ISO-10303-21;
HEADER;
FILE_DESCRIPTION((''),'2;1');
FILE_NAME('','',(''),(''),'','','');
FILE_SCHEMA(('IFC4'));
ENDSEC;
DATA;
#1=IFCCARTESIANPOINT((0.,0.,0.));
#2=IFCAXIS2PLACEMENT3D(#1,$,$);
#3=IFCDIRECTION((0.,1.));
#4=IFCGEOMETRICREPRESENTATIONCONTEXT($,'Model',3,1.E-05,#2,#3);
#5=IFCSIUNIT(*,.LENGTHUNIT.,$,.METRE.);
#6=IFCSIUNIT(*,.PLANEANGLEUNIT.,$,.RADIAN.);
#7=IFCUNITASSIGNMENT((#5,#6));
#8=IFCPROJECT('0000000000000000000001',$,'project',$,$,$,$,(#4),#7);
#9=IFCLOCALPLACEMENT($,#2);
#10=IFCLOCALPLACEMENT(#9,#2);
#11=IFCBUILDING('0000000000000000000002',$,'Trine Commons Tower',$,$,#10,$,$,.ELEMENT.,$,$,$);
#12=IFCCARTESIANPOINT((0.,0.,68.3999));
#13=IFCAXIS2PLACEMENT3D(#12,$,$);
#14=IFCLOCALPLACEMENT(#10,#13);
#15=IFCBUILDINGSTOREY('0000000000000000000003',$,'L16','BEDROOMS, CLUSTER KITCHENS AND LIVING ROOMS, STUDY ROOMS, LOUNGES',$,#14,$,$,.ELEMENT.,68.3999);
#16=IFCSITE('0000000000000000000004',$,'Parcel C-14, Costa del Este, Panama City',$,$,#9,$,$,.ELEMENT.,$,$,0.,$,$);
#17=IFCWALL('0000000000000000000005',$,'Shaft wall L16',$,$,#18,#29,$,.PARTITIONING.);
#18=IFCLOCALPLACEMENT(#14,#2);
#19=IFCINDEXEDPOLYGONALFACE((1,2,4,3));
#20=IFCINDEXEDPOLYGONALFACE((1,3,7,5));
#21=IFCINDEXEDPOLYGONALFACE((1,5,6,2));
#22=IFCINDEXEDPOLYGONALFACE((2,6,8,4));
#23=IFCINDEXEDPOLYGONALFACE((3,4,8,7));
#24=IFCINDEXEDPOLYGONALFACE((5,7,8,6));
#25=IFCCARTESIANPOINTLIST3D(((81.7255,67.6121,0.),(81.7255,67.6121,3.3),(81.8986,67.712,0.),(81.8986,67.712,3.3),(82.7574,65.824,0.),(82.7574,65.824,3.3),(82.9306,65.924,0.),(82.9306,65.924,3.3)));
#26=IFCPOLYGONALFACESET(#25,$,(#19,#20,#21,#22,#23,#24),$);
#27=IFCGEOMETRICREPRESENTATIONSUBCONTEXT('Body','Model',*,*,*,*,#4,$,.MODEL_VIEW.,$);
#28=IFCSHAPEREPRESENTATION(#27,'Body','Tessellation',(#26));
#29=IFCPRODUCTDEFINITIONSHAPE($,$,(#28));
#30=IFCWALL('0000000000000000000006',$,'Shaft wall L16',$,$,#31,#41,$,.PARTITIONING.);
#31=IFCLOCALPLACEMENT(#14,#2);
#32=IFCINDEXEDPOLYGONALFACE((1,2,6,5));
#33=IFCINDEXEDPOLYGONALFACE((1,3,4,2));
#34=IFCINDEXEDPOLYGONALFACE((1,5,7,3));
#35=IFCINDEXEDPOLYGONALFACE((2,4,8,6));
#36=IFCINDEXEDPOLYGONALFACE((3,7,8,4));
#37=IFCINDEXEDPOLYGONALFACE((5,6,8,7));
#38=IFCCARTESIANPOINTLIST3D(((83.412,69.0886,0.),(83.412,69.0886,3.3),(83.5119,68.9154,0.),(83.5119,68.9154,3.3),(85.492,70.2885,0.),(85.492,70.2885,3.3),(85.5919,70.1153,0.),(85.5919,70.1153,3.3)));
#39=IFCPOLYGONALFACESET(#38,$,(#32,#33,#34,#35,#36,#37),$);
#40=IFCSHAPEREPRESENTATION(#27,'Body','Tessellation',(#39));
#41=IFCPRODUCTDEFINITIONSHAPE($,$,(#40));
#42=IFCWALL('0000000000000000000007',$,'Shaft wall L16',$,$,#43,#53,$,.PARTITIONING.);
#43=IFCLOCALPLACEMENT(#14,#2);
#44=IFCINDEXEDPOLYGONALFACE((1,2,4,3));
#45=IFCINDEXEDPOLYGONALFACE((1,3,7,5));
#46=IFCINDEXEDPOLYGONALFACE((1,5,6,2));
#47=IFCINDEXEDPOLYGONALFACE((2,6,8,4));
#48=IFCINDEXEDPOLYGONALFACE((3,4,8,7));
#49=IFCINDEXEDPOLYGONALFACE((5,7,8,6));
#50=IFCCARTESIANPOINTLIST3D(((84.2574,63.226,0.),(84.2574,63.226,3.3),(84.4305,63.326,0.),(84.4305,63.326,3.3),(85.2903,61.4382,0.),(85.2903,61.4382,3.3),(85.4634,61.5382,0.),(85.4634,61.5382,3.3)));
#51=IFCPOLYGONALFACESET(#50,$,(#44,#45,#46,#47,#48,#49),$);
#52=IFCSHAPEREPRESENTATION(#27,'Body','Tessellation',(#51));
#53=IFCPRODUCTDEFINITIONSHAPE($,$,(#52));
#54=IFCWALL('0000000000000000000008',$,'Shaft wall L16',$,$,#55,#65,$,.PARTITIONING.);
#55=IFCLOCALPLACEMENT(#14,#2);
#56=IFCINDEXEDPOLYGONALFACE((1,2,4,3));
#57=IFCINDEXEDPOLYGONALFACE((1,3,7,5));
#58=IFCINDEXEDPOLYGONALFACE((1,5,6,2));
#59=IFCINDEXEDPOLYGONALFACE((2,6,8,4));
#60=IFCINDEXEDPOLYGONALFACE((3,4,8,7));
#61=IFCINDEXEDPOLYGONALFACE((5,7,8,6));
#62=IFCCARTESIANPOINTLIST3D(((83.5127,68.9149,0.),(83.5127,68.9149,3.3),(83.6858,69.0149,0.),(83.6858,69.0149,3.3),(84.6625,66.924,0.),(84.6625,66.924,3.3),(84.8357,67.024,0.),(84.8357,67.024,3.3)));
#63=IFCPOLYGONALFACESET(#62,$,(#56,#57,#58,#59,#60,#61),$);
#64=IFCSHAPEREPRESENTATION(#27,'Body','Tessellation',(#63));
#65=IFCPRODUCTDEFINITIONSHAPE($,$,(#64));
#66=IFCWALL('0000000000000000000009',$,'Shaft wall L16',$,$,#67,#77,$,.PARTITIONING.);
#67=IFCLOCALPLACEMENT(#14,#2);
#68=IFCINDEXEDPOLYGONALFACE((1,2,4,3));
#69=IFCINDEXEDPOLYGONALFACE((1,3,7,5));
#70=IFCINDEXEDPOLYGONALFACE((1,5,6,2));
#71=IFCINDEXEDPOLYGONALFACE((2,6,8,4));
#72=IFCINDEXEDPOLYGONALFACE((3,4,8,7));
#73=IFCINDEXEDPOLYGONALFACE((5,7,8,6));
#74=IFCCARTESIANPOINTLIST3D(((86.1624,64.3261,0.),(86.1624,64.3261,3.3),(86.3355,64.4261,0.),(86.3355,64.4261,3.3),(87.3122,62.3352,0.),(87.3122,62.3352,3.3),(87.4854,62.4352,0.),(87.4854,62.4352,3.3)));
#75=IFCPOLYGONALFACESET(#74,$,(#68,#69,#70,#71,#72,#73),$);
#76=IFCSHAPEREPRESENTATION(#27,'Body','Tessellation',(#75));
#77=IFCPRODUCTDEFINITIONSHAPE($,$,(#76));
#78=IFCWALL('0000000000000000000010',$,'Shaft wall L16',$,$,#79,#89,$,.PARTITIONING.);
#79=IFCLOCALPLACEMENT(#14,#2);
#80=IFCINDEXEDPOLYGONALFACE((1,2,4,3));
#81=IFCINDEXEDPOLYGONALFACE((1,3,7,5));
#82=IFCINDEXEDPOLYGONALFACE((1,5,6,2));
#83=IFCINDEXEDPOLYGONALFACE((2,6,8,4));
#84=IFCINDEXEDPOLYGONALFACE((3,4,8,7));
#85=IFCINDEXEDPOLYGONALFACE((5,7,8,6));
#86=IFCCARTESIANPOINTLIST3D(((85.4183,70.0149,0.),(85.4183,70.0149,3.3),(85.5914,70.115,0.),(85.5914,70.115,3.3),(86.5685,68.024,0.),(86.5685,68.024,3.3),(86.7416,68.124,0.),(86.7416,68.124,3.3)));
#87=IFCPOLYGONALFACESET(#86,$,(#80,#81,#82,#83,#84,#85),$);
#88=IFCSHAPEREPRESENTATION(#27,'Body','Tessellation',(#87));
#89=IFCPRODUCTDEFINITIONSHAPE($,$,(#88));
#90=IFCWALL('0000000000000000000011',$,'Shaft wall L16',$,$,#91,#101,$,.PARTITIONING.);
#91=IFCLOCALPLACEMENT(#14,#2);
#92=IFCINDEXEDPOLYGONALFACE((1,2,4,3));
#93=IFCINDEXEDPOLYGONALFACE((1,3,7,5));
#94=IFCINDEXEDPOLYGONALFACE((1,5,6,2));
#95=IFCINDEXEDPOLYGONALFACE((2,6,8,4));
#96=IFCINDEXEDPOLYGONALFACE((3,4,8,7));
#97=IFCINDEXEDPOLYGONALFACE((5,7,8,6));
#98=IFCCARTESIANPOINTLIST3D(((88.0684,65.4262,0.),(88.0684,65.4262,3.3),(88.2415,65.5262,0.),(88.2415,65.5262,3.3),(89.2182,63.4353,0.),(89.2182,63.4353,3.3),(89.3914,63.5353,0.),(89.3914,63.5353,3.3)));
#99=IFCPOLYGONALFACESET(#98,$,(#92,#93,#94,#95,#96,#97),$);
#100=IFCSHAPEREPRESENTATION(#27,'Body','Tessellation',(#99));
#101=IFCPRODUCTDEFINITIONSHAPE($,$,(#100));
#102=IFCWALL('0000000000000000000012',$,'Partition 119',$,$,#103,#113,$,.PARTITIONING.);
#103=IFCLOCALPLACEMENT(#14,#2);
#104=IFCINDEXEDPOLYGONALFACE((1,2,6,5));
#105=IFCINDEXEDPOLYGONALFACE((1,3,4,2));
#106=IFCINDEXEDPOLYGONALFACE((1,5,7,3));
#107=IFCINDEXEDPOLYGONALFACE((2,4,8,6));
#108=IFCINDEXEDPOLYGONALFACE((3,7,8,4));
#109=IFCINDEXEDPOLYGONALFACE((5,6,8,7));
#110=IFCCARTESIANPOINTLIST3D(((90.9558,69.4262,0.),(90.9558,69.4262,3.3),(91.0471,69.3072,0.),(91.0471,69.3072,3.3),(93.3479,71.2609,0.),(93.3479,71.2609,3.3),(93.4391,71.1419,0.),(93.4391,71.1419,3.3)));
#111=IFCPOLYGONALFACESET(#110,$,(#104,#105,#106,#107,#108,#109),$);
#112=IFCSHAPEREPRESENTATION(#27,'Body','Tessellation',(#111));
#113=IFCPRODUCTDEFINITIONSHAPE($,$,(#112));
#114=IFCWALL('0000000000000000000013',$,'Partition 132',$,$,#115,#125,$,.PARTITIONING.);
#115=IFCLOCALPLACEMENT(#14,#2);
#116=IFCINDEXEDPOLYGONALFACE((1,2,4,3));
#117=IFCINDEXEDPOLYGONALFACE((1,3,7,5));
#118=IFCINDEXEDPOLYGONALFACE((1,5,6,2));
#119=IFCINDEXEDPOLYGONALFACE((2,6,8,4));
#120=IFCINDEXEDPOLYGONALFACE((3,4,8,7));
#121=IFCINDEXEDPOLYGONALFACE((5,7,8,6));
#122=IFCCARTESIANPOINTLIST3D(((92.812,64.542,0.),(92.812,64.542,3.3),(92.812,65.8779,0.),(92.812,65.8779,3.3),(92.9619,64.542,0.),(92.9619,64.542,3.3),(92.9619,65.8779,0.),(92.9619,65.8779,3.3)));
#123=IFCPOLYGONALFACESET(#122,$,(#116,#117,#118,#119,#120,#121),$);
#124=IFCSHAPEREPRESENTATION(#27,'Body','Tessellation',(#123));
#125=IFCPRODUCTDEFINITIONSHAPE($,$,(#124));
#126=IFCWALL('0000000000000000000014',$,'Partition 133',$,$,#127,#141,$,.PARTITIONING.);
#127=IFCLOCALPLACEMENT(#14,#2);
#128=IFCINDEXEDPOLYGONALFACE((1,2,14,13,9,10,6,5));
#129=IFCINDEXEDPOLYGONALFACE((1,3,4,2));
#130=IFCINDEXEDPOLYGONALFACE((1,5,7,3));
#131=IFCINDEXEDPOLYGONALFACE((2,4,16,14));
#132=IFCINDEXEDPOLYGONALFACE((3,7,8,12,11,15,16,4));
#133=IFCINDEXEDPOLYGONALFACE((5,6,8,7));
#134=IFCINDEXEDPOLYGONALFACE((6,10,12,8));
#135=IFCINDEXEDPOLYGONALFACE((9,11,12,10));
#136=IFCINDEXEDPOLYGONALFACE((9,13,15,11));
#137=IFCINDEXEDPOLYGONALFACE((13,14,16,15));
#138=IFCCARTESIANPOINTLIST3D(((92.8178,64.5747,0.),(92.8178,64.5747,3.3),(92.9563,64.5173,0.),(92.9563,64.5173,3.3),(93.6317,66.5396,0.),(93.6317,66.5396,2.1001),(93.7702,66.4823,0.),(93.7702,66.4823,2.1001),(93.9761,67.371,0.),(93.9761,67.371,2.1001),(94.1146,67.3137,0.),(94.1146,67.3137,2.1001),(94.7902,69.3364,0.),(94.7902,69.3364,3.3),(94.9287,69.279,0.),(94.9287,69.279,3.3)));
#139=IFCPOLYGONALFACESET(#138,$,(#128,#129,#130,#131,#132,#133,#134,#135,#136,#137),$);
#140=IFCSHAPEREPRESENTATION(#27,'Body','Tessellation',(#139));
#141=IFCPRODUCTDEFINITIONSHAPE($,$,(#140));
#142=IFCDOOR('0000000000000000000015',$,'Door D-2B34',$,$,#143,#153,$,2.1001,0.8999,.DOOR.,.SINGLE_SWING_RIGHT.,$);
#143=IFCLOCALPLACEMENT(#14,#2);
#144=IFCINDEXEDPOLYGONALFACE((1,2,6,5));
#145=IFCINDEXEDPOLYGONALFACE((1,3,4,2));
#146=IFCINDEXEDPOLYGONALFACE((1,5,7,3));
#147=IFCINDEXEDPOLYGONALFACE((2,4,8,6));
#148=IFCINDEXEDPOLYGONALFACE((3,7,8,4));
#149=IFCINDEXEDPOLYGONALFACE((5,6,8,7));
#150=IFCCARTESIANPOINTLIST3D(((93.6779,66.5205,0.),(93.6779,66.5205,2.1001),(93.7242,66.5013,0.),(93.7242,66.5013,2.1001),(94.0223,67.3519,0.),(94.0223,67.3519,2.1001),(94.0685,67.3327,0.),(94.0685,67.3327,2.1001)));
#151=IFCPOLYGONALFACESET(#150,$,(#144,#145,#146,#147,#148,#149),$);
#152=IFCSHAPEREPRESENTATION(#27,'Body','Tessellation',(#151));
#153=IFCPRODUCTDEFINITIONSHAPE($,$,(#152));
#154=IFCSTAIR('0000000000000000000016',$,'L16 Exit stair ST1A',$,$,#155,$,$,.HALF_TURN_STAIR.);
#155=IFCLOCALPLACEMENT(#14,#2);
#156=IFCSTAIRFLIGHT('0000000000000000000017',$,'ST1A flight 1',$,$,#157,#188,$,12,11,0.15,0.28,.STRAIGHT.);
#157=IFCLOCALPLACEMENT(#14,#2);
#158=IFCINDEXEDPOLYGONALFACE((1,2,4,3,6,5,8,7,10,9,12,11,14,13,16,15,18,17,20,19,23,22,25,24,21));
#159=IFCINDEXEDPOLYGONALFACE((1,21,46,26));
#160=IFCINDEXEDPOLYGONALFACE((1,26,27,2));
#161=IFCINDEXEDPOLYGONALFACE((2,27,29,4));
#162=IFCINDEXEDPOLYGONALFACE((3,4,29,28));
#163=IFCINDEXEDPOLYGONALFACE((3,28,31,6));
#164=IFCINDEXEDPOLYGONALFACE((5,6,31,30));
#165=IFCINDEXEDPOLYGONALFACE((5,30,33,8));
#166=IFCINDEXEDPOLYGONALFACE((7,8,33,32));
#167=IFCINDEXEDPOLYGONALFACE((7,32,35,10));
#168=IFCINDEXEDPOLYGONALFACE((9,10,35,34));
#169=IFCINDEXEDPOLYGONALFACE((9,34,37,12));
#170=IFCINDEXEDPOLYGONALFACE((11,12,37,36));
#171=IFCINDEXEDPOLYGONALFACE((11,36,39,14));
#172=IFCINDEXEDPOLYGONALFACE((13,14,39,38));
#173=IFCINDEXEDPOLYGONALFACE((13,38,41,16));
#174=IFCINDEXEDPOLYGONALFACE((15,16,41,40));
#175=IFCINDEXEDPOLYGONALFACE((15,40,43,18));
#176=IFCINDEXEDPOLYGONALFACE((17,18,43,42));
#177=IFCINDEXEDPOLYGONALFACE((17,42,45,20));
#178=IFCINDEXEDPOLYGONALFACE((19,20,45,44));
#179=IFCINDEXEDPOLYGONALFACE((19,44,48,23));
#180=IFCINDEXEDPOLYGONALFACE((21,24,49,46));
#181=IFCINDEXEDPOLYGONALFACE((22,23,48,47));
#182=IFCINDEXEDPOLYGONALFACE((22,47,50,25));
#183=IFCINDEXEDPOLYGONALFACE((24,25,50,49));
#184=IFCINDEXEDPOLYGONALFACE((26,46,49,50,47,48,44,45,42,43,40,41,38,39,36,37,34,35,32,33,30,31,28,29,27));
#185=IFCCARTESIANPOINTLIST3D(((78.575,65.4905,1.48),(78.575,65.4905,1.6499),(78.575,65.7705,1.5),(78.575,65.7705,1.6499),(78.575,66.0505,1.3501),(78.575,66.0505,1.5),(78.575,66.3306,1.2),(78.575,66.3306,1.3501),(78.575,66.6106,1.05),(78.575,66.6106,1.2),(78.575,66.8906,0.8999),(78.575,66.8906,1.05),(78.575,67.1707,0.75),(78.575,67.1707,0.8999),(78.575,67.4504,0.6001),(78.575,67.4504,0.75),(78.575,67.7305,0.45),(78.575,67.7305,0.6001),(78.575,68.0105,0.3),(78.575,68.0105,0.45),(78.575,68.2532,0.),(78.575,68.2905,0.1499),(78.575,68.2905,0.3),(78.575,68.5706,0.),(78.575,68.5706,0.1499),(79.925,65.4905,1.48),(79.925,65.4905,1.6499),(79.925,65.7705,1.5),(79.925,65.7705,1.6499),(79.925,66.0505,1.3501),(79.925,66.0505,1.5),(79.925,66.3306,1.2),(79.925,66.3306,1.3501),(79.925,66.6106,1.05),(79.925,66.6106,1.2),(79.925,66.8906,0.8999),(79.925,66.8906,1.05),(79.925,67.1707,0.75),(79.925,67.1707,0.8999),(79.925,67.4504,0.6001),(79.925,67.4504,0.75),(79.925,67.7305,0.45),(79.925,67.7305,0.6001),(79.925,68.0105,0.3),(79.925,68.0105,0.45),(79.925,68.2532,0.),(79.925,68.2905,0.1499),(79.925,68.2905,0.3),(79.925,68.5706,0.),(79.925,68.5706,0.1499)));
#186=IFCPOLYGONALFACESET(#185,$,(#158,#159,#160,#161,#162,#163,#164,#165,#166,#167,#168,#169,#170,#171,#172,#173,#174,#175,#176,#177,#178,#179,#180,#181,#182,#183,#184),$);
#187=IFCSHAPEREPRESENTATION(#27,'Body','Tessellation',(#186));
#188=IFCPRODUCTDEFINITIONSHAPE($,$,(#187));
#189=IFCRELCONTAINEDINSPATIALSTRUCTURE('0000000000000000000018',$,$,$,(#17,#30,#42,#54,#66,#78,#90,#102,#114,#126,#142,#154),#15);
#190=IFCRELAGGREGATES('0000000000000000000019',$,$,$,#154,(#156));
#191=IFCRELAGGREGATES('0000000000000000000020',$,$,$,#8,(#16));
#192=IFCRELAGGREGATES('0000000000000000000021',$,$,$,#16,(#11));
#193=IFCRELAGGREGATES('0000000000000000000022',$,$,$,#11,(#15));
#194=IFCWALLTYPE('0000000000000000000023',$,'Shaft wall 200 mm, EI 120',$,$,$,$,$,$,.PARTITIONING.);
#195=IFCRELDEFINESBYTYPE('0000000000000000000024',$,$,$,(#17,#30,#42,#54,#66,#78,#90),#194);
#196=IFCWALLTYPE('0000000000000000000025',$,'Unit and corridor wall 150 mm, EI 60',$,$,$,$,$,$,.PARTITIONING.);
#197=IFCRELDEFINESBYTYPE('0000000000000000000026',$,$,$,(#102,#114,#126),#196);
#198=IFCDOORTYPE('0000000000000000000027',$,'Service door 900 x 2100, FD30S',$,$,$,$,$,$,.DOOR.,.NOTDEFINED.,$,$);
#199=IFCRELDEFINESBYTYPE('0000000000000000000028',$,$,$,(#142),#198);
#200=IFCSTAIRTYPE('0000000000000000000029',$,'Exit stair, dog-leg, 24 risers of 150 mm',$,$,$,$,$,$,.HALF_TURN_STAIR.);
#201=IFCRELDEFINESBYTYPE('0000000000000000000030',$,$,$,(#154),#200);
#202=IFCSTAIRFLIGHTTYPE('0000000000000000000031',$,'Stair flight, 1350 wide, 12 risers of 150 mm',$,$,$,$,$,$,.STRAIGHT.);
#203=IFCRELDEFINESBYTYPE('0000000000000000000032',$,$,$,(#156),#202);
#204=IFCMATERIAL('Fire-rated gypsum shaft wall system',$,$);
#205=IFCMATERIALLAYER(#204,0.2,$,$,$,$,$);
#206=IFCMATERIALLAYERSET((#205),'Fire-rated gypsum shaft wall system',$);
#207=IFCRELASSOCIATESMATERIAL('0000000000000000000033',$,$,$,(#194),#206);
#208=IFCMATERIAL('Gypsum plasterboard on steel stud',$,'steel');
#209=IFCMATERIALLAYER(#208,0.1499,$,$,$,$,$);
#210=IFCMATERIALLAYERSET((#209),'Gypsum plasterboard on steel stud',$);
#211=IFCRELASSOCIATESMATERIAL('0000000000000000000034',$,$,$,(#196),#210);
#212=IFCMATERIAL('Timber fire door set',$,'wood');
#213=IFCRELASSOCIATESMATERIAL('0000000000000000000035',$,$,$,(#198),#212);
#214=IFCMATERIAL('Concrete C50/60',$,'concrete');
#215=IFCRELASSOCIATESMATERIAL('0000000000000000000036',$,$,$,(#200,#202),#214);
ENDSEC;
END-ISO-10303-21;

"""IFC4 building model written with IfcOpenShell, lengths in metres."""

from ifc_helpers import new_model, si_unit, direction, frame, frame_2d, origin, place, context, subcontext, project, spatial, polyline, rectangle, outline, extrude, material, layer, layer_set, type_object, element, fill, aggregate, save


model = new_model("IFC4")

# Units and contexts
model_context = context("Model", 3, precision=1e-05, world=origin(), true_north=direction((0.0, 1.0)))
body_context = subcontext(model_context, "Body", "Model", "MODEL_VIEW")
ifc_project = project(units=[si_unit("LENGTHUNIT", "METRE"), si_unit("PLANEANGLEUNIT", "RADIAN")], contexts=[model_context])

# Site, building, storey
site_placement = place(None, origin())
site = spatial("IfcSite", under=ifc_project, at=site_placement, Name="Parcel C-14, Costa del Este, Panama City", CompositionType="ELEMENT", RefElevation=0.0)
building_placement = place(site_placement, origin())
building = spatial("IfcBuilding", under=site, at=building_placement, Name="Trine Commons Tower", CompositionType="ELEMENT")
storey_placement = place(building_placement, frame((0.0, 0.0, 68.3999)))
storey = spatial("IfcBuildingStorey", under=building, at=storey_placement, Name="L16", Description="BEDROOMS, CLUSTER KITCHENS AND LIVING ROOMS, STUDY ROOMS, LOUNGES", CompositionType="ELEMENT", Elevation=68.3999)

# Shared definitions
ifc_material_1 = material(Name="Concrete C50/60", Category="concrete")

# Walls
ifc_material_2 = material(Name="Fire-rated gypsum shaft wall system")
ifc_layer_1 = layer(ifc_material_2, 0.2)
ifc_layer_set_1 = layer_set([ifc_layer_1], Name="Fire-rated gypsum shaft wall system")
wall_type_1 = type_object("IfcWallType", Name="Shaft wall 200 mm, EI 120", PredefinedType="PARTITIONING", material=ifc_layer_set_1)
wall_1_placement = place(storey_placement, frame((82.844, 65.874, 0.0), z_axis=(0.0, 0.0, 1.0), x_axis=(-0.499866, 0.866103, 0.0)))
element("IfcWall", 1, at=wall_1_placement, inside=storey, type_object=wall_type_1, Name="Shaft wall L16", PredefinedType="PARTITIONING", context=body_context, shape_type="SweptSolid", body=[
    extrude(rectangle(XDim=2.0645, YDim=0.2, at=frame_2d((1.0322, 0.0))), origin(), (0.0, 0.0, 1.0), 3.3),
])
wall_2_placement = place(storey_placement, frame((83.4619, 69.002, 0.0), z_axis=(0.0, 0.0, 1.0), x_axis=(0.866203, 0.499693, 0.0)))
element("IfcWall", 2, at=wall_2_placement, inside=storey, type_object=wall_type_1, Name="Shaft wall L16", PredefinedType="PARTITIONING", context=body_context, shape_type="SweptSolid", body=[
    extrude(rectangle(XDim=2.4014, YDim=0.2, at=frame_2d((1.2007, 0.0))), origin(), (0.0, 0.0, 1.0), 3.3),
])
wall_3_placement = place(storey_placement, frame((84.344, 63.2759, 0.0), z_axis=(0.0, 0.0, 1.0), x_axis=(0.500272, -0.865868, 0.0)))
element("IfcWall", 3, at=wall_3_placement, inside=storey, type_object=wall_type_1, Name="Shaft wall L16", PredefinedType="PARTITIONING", context=body_context, shape_type="SweptSolid", body=[
    extrude(rectangle(XDim=2.0647, YDim=0.2, at=frame_2d((1.0322, 0.0))), origin(), (0.0, 0.0, 1.0), 3.3),
])
for number, where, z_axis, x_axis, name in (
    (4, (84.749, 66.9741, 0.0), (0.0, 0.0, 1.0), (-0.500136, 0.865947, 0.0), "Shaft wall L16"),
    (5, (86.249, 64.376, 0.0), (0.0, 0.0, 1.0), (0.500136, -0.865947, 0.0), "Shaft wall L16"),
):
    element("IfcWall", number, at=place(storey_placement, frame(where, z_axis=z_axis, x_axis=x_axis)), inside=storey, type_object=wall_type_1, Name=name, PredefinedType="PARTITIONING", context=body_context, shape_type="SweptSolid", body=[
        extrude(rectangle(XDim=2.2991, YDim=0.2, at=frame_2d((1.1494, 0.0))), origin(), (0.0, 0.0, 1.0), 3.3),
    ])
wall_4_placement = place(storey_placement, frame((86.655, 68.074, 0.0), z_axis=(0.0, 0.0, 1.0), x_axis=(-0.500216, 0.865901, 0.0)))
element("IfcWall", 6, at=wall_4_placement, inside=storey, type_object=wall_type_1, Name="Shaft wall L16", PredefinedType="PARTITIONING", context=body_context, shape_type="SweptSolid", body=[
    extrude(rectangle(XDim=2.2993, YDim=0.2, at=frame_2d((1.1497, 0.0))), origin(), (0.0, 0.0, 1.0), 3.3),
])
wall_5_placement = place(storey_placement, frame((88.155, 65.4761, 0.0), z_axis=(0.0, 0.0, 1.0), x_axis=(0.500136, -0.865947, 0.0)))
element("IfcWall", 7, at=wall_5_placement, inside=storey, type_object=wall_type_1, Name="Shaft wall L16", PredefinedType="PARTITIONING", context=body_context, shape_type="SweptSolid", body=[
    extrude(rectangle(XDim=2.2991, YDim=0.2, at=frame_2d((1.1494, 0.0))), origin(), (0.0, 0.0, 1.0), 3.3),
])
ifc_material_3 = material(Name="Gypsum plasterboard on steel stud", Category="steel")
ifc_layer_2 = layer(ifc_material_3, 0.1499)
ifc_layer_set_2 = layer_set([ifc_layer_2], Name="Gypsum plasterboard on steel stud")
wall_type_2 = type_object("IfcWallType", Name="Unit and corridor wall 150 mm, EI 60", PredefinedType="PARTITIONING", material=ifc_layer_set_2)
wall_6_placement = place(storey_placement, frame((91.0015, 69.3667, 0.0), z_axis=(0.0, 0.0, 1.0), x_axis=(0.793481, 0.608595, 0.0)))
element("IfcWall", 8, at=wall_6_placement, inside=storey, type_object=wall_type_2, Name="Partition 119", PredefinedType="PARTITIONING", context=body_context, shape_type="SweptSolid", body=[
    extrude(rectangle(XDim=3.0146, YDim=0.1499, at=frame_2d((1.5073, 0.0))), origin(), (0.0, 0.0, 1.0), 3.3),
])
wall_7_placement = place(storey_placement, frame((92.887, 64.542, 0.0), z_axis=(0.0, 0.0, 1.0), x_axis=(0.0, 1.0, 0.0)))
element("IfcWall", 9, at=wall_7_placement, inside=storey, type_object=wall_type_2, Name="Partition 132", PredefinedType="PARTITIONING", context=body_context, shape_type="SweptSolid", body=[
    extrude(rectangle(XDim=1.3359, YDim=0.1499, at=frame_2d((0.668, 0.0))), origin(), (0.0, 0.0, 1.0), 3.3),
])

# Wall, opening, door
wall_8_placement = place(storey_placement, frame((92.887, 64.5459, 0.0), z_axis=(0.0, 0.0, 1.0), x_axis=(0.382691, 0.923877, 0.0)))
wall_8 = element("IfcWall", 10, at=wall_8_placement, inside=storey, type_object=wall_type_2, Name="Partition 133", PredefinedType="PARTITIONING", context=body_context, shape_type="SweptSolid", body=[
    extrude(rectangle(XDim=5.1541, YDim=0.1499, at=frame_2d((2.5771, 0.0))), origin(), (0.0, 0.0, 1.0), 3.3),
])
opening_1_placement = place(wall_8_placement, frame((2.127, 0.0, 0.0)))
opening_1 = element("IfcOpeningElement", 11, at=opening_1_placement, cuts=wall_8, PredefinedType="OPENING", context=body_context, shape_type="SweptSolid", body=[
    extrude(rectangle(XDim=0.8999, YDim=2.1001, at=frame_2d((0.45, 1.05))), frame((0.0, 0.085, 0.0), z_axis=(0.0, -1.0, 0.0), x_axis=(1.0, 0.0, 0.0)), (0.0, 0.0, 1.0), 0.1699),
])
ifc_material_4 = material(Name="Timber fire door set", Category="wood")
door_type_1 = type_object("IfcDoorType", Name="Service door 900 x 2100, FD30S", OperationType="NOTDEFINED", PredefinedType="DOOR", material=ifc_material_4)
door_1_placement = place(opening_1_placement, origin())
door_1 = element("IfcDoor", 12, at=door_1_placement, inside=storey, type_object=door_type_1, Name="Door D-2B34", OperationType="SINGLE_SWING_RIGHT", OverallHeight=2.1001, OverallWidth=0.8999, PredefinedType="DOOR", context=body_context, shape_type="SweptSolid", body=[
    extrude(rectangle(XDim=0.8999, YDim=2.1001, at=frame_2d((0.45, 1.05))), frame((0.0, 0.0249, 0.0), z_axis=(0.0, -1.0, 0.0), x_axis=(1.0, 0.0, 0.0)), (0.0, 0.0, 1.0), 0.05),
])
fill(opening_1, door_1)

# Stair, stair flight
stair_type = type_object("IfcStairType", Name="Exit stair, dog-leg, 24 risers of 150 mm", PredefinedType="HALF_TURN_STAIR", material=ifc_material_1)
stair_placement = place(storey_placement, origin())
stair = element("IfcStair", 13, at=stair_placement, inside=storey, type_object=stair_type, Name="L16 Exit stair ST1A", PredefinedType="HALF_TURN_STAIR")
stair_flight_type = type_object("IfcStairFlightType", Name="Stair flight, 1350 wide, 12 risers of 150 mm", PredefinedType="STRAIGHT", material=ifc_material_1)
stair_flight_1_placement = place(storey_placement, frame((79.25, 68.5706, 0.0), z_axis=(0.0, 0.0, 1.0), x_axis=(0.0, -1.0, 0.0)))
stair_flight_1 = element("IfcStairFlight", 14, at=stair_flight_1_placement, type_object=stair_flight_type, Name="ST1A flight 1", NumberOfRisers=12, NumberOfTreads=11, PredefinedType="STRAIGHT", RiserHeight=0.15, TreadLength=0.28, context=body_context, shape_type="SweptSolid", body=[
    extrude(outline(polyline([(0.0, 0.0), (0.0, 0.1499), (0.28, 0.1499), (0.28, 0.3), (0.5601, 0.3), (0.5601, 0.45), (0.8401, 0.45), (0.8401, 0.6001), (1.1201, 0.6001), (1.1201, 0.75), (1.3999, 0.75), (1.3999, 0.8999), (1.6799, 0.8999), (1.6799, 1.05), (1.96, 1.05), (1.96, 1.2), (2.24, 1.2), (2.24, 1.3501), (2.52, 1.3501), (2.52, 1.5), (2.8, 1.5), (2.8, 1.6499), (3.0801, 1.6499), (3.0801, 1.8), (3.0801, 1.48), (0.3174, 0.0), (0.0, 0.0)])), frame((0.0, 0.675, 0.0), z_axis=(0.0, -1.0, 0.0), x_axis=(1.0, 0.0, 0.0)), (0.0, 0.0, 1.0), 1.3501),
])
aggregate(stair, [stair_flight_1])

save(model, "model.ifc")
